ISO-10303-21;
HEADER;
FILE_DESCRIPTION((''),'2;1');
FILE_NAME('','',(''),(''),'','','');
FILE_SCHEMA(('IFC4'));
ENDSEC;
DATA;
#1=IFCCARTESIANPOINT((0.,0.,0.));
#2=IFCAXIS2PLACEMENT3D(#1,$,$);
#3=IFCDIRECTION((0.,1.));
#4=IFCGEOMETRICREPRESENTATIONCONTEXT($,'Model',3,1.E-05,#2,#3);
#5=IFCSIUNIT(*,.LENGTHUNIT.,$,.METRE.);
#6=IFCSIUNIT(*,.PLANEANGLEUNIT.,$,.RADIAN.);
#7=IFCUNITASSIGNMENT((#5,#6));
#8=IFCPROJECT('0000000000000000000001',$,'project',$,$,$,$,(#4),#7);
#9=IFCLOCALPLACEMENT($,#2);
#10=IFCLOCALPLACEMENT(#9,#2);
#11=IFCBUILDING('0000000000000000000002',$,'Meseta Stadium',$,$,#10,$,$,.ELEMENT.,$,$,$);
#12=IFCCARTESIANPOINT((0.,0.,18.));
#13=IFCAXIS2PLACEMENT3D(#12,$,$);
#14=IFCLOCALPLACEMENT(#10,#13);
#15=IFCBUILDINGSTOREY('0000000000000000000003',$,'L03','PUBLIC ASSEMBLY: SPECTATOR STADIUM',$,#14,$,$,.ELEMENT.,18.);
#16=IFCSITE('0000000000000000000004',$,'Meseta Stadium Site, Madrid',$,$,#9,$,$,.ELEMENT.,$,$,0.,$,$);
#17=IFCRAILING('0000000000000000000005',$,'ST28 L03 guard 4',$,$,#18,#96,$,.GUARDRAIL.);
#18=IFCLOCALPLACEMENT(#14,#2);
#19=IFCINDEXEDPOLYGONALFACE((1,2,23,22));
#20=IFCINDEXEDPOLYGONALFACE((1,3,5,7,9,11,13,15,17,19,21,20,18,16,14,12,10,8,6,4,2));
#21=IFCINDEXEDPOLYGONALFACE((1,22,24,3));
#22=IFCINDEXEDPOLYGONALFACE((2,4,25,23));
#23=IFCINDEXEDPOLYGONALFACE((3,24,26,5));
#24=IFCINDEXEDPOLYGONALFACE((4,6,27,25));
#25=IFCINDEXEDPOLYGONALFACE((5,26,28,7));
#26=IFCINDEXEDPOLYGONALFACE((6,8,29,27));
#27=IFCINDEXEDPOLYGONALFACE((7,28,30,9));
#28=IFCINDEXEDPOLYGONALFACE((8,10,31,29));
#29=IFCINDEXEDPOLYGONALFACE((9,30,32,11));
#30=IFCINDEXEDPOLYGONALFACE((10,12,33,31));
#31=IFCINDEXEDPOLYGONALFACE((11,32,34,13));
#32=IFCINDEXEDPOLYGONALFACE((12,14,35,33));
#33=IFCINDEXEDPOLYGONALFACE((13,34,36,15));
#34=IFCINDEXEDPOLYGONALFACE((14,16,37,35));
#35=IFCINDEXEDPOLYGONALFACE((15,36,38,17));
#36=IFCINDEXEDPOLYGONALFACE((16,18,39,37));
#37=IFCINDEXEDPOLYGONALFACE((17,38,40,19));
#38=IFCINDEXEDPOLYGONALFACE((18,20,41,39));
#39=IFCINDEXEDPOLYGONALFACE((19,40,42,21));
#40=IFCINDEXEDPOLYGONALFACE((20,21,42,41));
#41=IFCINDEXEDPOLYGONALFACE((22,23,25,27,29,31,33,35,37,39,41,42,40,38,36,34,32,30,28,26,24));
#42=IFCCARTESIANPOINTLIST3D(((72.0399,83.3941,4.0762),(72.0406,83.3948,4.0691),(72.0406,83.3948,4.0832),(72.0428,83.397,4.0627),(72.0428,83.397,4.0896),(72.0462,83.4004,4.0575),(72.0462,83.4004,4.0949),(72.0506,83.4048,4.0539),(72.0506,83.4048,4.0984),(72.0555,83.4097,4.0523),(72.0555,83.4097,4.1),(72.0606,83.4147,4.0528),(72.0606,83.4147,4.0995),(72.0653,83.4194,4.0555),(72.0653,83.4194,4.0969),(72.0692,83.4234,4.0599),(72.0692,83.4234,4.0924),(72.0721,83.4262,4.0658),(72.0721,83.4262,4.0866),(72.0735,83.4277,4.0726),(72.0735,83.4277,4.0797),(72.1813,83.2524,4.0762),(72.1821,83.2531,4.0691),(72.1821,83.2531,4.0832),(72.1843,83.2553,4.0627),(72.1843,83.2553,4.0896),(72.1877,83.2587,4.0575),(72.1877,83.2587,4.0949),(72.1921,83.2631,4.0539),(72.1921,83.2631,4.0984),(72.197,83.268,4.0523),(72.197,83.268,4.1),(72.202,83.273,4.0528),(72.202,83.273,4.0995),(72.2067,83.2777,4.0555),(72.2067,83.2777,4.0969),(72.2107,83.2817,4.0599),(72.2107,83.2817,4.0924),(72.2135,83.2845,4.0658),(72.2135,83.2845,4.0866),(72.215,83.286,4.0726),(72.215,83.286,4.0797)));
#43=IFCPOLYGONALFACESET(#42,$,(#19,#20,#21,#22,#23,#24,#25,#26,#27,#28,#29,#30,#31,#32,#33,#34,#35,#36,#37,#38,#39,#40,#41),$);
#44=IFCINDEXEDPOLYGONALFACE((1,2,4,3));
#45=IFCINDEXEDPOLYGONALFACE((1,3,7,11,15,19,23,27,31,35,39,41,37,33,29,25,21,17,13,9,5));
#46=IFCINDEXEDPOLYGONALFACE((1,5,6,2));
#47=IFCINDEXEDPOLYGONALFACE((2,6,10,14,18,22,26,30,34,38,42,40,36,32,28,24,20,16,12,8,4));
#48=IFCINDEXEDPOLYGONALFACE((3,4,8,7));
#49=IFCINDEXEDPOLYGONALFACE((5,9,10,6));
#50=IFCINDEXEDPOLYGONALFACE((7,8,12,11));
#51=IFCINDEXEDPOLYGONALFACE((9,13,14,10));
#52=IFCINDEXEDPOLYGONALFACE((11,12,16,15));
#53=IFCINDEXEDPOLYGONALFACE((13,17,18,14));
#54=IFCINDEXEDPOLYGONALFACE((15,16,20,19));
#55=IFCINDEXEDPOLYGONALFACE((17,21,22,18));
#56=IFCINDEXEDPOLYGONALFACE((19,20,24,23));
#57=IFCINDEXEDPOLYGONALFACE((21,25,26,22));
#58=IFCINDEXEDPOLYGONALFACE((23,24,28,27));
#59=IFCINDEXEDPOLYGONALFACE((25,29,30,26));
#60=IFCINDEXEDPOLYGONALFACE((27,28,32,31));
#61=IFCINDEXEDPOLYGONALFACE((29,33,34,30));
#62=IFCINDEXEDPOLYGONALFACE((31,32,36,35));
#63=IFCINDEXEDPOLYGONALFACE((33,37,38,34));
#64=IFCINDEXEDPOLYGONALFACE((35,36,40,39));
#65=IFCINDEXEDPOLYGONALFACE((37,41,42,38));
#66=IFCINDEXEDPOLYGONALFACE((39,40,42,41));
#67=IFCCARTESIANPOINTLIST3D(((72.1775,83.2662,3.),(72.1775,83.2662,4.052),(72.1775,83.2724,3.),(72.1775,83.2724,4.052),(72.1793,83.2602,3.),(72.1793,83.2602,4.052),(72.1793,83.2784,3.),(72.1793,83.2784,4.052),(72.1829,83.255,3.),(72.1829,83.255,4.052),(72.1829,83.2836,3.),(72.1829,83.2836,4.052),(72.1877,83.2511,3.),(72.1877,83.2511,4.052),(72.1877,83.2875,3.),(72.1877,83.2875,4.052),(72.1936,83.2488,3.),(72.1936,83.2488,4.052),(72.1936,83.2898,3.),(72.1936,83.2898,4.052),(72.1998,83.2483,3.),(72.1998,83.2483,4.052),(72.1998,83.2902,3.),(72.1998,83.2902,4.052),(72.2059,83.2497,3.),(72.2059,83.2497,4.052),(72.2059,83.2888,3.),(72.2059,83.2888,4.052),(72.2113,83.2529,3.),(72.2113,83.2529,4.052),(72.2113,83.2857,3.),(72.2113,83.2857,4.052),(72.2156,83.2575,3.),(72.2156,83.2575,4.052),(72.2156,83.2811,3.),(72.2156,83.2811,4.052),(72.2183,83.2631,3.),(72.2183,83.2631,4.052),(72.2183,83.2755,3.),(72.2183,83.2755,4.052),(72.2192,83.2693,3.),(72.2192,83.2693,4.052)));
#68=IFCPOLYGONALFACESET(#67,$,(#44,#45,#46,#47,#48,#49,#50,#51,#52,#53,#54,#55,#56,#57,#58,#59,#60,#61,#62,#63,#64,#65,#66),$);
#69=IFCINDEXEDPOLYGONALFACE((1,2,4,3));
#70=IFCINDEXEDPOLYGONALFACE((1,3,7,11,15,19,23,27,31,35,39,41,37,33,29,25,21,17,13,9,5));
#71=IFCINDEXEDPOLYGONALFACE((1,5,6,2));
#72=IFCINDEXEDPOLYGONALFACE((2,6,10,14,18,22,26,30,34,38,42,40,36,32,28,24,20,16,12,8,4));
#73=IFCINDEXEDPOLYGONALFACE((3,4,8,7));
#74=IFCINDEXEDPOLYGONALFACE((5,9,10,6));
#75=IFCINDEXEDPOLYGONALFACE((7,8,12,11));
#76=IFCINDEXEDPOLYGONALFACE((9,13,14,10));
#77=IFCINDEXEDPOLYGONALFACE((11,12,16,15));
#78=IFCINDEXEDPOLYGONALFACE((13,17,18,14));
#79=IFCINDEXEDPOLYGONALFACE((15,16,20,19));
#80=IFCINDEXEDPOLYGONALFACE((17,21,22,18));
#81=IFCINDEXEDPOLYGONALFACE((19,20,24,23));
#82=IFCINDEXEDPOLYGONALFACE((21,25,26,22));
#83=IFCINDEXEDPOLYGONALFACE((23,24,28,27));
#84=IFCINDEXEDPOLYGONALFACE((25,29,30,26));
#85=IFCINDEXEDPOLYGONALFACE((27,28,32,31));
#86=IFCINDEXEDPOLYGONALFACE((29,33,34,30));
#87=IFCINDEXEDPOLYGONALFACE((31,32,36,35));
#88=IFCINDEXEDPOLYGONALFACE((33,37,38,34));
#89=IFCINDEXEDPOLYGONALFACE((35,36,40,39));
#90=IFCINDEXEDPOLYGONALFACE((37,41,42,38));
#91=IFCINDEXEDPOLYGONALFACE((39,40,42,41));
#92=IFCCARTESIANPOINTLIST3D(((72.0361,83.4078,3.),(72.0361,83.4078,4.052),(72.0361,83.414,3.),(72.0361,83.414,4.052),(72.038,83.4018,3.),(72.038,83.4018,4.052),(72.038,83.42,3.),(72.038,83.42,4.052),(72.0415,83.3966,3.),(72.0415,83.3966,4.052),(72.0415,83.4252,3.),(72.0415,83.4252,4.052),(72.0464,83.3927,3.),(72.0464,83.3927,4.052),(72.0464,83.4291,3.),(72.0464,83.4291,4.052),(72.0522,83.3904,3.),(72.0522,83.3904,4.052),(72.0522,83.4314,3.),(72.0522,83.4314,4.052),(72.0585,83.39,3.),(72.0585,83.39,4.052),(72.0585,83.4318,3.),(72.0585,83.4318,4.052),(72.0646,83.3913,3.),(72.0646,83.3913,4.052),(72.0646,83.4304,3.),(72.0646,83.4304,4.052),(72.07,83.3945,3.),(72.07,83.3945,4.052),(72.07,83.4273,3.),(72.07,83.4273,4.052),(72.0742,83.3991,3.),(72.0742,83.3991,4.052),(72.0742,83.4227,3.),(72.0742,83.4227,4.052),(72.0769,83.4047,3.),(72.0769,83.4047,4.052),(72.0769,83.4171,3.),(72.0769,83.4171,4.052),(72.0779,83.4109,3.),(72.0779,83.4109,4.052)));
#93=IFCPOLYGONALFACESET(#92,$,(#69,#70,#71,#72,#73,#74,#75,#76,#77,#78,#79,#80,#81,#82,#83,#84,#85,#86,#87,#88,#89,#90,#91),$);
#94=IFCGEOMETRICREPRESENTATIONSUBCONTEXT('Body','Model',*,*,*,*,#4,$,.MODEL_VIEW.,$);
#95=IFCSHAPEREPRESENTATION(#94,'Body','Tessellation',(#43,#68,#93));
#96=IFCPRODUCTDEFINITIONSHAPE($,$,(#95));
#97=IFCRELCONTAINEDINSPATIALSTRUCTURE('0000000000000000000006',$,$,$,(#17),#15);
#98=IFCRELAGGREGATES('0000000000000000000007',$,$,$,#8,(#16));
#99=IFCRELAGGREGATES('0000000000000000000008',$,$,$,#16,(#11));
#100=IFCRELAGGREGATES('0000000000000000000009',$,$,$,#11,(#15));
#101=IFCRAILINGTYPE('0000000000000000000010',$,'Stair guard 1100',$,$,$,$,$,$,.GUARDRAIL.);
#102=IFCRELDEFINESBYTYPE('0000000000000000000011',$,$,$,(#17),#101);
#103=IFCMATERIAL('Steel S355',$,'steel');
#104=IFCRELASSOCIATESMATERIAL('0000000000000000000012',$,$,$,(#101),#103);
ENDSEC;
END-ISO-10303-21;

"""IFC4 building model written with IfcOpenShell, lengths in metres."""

from ifc_helpers import new_model, si_unit, direction, frame, origin, origin_2d, place, context, subcontext, project, spatial, circle, extrude, material, type_object, element, save


model = new_model("IFC4")

# Units and contexts
model_context = context("Model", 3, precision=1e-05, world=origin(), true_north=direction((0.0, 1.0)))
body_context = subcontext(model_context, "Body", "Model", "MODEL_VIEW")
ifc_project = project(units=[si_unit("LENGTHUNIT", "METRE"), si_unit("PLANEANGLEUNIT", "RADIAN")], contexts=[model_context])

# Site, building, storey
site_placement = place(None, origin())
site = spatial("IfcSite", under=ifc_project, at=site_placement, Name="Meseta Stadium Site, Madrid", CompositionType="ELEMENT", RefElevation=0.0)
building_placement = place(site_placement, origin())
building = spatial("IfcBuilding", under=site, at=building_placement, Name="Meseta Stadium", CompositionType="ELEMENT")
storey_placement = place(building_placement, frame((0.0, 0.0, 18.0)))
storey = spatial("IfcBuildingStorey", under=building, at=storey_placement, Name="L03", Description="PUBLIC ASSEMBLY: SPECTATOR STADIUM", CompositionType="ELEMENT", Elevation=18.0)

# Railing
ifc_material_1 = material(Name="Steel S355", Category="steel")
railing_type_1 = type_object("IfcRailingType", Name="Stair guard 1100", PredefinedType="GUARDRAIL", material=ifc_material_1)
railing_1_placement = place(storey_placement, frame((72.1982, 83.2693, 3.0)))
element("IfcRailing", 1, at=railing_1_placement, inside=storey, type_object=railing_type_1, Name="ST28 L03 guard 4", PredefinedType="GUARDRAIL", context=body_context, shape_type="SweptSolid", body=[
    extrude(circle(Radius=0.0239, at=origin_2d()), frame((0.0, 0.0, 1.0762), z_axis=(-0.706496, 0.707717, 0.0), x_axis=(-0.707717, -0.706496, 0.0)), (0.0, 0.0, 1.0), 0.2002),
    extrude(circle(Radius=0.021, at=origin_2d()), origin(), (0.0, 0.0, 1.0), 1.052),
    extrude(circle(Radius=0.021, at=origin_2d()), frame((-0.1414, 0.1416, 0.0)), (0.0, 0.0, 1.0), 1.052),
])

save(model, "model.ifc")
